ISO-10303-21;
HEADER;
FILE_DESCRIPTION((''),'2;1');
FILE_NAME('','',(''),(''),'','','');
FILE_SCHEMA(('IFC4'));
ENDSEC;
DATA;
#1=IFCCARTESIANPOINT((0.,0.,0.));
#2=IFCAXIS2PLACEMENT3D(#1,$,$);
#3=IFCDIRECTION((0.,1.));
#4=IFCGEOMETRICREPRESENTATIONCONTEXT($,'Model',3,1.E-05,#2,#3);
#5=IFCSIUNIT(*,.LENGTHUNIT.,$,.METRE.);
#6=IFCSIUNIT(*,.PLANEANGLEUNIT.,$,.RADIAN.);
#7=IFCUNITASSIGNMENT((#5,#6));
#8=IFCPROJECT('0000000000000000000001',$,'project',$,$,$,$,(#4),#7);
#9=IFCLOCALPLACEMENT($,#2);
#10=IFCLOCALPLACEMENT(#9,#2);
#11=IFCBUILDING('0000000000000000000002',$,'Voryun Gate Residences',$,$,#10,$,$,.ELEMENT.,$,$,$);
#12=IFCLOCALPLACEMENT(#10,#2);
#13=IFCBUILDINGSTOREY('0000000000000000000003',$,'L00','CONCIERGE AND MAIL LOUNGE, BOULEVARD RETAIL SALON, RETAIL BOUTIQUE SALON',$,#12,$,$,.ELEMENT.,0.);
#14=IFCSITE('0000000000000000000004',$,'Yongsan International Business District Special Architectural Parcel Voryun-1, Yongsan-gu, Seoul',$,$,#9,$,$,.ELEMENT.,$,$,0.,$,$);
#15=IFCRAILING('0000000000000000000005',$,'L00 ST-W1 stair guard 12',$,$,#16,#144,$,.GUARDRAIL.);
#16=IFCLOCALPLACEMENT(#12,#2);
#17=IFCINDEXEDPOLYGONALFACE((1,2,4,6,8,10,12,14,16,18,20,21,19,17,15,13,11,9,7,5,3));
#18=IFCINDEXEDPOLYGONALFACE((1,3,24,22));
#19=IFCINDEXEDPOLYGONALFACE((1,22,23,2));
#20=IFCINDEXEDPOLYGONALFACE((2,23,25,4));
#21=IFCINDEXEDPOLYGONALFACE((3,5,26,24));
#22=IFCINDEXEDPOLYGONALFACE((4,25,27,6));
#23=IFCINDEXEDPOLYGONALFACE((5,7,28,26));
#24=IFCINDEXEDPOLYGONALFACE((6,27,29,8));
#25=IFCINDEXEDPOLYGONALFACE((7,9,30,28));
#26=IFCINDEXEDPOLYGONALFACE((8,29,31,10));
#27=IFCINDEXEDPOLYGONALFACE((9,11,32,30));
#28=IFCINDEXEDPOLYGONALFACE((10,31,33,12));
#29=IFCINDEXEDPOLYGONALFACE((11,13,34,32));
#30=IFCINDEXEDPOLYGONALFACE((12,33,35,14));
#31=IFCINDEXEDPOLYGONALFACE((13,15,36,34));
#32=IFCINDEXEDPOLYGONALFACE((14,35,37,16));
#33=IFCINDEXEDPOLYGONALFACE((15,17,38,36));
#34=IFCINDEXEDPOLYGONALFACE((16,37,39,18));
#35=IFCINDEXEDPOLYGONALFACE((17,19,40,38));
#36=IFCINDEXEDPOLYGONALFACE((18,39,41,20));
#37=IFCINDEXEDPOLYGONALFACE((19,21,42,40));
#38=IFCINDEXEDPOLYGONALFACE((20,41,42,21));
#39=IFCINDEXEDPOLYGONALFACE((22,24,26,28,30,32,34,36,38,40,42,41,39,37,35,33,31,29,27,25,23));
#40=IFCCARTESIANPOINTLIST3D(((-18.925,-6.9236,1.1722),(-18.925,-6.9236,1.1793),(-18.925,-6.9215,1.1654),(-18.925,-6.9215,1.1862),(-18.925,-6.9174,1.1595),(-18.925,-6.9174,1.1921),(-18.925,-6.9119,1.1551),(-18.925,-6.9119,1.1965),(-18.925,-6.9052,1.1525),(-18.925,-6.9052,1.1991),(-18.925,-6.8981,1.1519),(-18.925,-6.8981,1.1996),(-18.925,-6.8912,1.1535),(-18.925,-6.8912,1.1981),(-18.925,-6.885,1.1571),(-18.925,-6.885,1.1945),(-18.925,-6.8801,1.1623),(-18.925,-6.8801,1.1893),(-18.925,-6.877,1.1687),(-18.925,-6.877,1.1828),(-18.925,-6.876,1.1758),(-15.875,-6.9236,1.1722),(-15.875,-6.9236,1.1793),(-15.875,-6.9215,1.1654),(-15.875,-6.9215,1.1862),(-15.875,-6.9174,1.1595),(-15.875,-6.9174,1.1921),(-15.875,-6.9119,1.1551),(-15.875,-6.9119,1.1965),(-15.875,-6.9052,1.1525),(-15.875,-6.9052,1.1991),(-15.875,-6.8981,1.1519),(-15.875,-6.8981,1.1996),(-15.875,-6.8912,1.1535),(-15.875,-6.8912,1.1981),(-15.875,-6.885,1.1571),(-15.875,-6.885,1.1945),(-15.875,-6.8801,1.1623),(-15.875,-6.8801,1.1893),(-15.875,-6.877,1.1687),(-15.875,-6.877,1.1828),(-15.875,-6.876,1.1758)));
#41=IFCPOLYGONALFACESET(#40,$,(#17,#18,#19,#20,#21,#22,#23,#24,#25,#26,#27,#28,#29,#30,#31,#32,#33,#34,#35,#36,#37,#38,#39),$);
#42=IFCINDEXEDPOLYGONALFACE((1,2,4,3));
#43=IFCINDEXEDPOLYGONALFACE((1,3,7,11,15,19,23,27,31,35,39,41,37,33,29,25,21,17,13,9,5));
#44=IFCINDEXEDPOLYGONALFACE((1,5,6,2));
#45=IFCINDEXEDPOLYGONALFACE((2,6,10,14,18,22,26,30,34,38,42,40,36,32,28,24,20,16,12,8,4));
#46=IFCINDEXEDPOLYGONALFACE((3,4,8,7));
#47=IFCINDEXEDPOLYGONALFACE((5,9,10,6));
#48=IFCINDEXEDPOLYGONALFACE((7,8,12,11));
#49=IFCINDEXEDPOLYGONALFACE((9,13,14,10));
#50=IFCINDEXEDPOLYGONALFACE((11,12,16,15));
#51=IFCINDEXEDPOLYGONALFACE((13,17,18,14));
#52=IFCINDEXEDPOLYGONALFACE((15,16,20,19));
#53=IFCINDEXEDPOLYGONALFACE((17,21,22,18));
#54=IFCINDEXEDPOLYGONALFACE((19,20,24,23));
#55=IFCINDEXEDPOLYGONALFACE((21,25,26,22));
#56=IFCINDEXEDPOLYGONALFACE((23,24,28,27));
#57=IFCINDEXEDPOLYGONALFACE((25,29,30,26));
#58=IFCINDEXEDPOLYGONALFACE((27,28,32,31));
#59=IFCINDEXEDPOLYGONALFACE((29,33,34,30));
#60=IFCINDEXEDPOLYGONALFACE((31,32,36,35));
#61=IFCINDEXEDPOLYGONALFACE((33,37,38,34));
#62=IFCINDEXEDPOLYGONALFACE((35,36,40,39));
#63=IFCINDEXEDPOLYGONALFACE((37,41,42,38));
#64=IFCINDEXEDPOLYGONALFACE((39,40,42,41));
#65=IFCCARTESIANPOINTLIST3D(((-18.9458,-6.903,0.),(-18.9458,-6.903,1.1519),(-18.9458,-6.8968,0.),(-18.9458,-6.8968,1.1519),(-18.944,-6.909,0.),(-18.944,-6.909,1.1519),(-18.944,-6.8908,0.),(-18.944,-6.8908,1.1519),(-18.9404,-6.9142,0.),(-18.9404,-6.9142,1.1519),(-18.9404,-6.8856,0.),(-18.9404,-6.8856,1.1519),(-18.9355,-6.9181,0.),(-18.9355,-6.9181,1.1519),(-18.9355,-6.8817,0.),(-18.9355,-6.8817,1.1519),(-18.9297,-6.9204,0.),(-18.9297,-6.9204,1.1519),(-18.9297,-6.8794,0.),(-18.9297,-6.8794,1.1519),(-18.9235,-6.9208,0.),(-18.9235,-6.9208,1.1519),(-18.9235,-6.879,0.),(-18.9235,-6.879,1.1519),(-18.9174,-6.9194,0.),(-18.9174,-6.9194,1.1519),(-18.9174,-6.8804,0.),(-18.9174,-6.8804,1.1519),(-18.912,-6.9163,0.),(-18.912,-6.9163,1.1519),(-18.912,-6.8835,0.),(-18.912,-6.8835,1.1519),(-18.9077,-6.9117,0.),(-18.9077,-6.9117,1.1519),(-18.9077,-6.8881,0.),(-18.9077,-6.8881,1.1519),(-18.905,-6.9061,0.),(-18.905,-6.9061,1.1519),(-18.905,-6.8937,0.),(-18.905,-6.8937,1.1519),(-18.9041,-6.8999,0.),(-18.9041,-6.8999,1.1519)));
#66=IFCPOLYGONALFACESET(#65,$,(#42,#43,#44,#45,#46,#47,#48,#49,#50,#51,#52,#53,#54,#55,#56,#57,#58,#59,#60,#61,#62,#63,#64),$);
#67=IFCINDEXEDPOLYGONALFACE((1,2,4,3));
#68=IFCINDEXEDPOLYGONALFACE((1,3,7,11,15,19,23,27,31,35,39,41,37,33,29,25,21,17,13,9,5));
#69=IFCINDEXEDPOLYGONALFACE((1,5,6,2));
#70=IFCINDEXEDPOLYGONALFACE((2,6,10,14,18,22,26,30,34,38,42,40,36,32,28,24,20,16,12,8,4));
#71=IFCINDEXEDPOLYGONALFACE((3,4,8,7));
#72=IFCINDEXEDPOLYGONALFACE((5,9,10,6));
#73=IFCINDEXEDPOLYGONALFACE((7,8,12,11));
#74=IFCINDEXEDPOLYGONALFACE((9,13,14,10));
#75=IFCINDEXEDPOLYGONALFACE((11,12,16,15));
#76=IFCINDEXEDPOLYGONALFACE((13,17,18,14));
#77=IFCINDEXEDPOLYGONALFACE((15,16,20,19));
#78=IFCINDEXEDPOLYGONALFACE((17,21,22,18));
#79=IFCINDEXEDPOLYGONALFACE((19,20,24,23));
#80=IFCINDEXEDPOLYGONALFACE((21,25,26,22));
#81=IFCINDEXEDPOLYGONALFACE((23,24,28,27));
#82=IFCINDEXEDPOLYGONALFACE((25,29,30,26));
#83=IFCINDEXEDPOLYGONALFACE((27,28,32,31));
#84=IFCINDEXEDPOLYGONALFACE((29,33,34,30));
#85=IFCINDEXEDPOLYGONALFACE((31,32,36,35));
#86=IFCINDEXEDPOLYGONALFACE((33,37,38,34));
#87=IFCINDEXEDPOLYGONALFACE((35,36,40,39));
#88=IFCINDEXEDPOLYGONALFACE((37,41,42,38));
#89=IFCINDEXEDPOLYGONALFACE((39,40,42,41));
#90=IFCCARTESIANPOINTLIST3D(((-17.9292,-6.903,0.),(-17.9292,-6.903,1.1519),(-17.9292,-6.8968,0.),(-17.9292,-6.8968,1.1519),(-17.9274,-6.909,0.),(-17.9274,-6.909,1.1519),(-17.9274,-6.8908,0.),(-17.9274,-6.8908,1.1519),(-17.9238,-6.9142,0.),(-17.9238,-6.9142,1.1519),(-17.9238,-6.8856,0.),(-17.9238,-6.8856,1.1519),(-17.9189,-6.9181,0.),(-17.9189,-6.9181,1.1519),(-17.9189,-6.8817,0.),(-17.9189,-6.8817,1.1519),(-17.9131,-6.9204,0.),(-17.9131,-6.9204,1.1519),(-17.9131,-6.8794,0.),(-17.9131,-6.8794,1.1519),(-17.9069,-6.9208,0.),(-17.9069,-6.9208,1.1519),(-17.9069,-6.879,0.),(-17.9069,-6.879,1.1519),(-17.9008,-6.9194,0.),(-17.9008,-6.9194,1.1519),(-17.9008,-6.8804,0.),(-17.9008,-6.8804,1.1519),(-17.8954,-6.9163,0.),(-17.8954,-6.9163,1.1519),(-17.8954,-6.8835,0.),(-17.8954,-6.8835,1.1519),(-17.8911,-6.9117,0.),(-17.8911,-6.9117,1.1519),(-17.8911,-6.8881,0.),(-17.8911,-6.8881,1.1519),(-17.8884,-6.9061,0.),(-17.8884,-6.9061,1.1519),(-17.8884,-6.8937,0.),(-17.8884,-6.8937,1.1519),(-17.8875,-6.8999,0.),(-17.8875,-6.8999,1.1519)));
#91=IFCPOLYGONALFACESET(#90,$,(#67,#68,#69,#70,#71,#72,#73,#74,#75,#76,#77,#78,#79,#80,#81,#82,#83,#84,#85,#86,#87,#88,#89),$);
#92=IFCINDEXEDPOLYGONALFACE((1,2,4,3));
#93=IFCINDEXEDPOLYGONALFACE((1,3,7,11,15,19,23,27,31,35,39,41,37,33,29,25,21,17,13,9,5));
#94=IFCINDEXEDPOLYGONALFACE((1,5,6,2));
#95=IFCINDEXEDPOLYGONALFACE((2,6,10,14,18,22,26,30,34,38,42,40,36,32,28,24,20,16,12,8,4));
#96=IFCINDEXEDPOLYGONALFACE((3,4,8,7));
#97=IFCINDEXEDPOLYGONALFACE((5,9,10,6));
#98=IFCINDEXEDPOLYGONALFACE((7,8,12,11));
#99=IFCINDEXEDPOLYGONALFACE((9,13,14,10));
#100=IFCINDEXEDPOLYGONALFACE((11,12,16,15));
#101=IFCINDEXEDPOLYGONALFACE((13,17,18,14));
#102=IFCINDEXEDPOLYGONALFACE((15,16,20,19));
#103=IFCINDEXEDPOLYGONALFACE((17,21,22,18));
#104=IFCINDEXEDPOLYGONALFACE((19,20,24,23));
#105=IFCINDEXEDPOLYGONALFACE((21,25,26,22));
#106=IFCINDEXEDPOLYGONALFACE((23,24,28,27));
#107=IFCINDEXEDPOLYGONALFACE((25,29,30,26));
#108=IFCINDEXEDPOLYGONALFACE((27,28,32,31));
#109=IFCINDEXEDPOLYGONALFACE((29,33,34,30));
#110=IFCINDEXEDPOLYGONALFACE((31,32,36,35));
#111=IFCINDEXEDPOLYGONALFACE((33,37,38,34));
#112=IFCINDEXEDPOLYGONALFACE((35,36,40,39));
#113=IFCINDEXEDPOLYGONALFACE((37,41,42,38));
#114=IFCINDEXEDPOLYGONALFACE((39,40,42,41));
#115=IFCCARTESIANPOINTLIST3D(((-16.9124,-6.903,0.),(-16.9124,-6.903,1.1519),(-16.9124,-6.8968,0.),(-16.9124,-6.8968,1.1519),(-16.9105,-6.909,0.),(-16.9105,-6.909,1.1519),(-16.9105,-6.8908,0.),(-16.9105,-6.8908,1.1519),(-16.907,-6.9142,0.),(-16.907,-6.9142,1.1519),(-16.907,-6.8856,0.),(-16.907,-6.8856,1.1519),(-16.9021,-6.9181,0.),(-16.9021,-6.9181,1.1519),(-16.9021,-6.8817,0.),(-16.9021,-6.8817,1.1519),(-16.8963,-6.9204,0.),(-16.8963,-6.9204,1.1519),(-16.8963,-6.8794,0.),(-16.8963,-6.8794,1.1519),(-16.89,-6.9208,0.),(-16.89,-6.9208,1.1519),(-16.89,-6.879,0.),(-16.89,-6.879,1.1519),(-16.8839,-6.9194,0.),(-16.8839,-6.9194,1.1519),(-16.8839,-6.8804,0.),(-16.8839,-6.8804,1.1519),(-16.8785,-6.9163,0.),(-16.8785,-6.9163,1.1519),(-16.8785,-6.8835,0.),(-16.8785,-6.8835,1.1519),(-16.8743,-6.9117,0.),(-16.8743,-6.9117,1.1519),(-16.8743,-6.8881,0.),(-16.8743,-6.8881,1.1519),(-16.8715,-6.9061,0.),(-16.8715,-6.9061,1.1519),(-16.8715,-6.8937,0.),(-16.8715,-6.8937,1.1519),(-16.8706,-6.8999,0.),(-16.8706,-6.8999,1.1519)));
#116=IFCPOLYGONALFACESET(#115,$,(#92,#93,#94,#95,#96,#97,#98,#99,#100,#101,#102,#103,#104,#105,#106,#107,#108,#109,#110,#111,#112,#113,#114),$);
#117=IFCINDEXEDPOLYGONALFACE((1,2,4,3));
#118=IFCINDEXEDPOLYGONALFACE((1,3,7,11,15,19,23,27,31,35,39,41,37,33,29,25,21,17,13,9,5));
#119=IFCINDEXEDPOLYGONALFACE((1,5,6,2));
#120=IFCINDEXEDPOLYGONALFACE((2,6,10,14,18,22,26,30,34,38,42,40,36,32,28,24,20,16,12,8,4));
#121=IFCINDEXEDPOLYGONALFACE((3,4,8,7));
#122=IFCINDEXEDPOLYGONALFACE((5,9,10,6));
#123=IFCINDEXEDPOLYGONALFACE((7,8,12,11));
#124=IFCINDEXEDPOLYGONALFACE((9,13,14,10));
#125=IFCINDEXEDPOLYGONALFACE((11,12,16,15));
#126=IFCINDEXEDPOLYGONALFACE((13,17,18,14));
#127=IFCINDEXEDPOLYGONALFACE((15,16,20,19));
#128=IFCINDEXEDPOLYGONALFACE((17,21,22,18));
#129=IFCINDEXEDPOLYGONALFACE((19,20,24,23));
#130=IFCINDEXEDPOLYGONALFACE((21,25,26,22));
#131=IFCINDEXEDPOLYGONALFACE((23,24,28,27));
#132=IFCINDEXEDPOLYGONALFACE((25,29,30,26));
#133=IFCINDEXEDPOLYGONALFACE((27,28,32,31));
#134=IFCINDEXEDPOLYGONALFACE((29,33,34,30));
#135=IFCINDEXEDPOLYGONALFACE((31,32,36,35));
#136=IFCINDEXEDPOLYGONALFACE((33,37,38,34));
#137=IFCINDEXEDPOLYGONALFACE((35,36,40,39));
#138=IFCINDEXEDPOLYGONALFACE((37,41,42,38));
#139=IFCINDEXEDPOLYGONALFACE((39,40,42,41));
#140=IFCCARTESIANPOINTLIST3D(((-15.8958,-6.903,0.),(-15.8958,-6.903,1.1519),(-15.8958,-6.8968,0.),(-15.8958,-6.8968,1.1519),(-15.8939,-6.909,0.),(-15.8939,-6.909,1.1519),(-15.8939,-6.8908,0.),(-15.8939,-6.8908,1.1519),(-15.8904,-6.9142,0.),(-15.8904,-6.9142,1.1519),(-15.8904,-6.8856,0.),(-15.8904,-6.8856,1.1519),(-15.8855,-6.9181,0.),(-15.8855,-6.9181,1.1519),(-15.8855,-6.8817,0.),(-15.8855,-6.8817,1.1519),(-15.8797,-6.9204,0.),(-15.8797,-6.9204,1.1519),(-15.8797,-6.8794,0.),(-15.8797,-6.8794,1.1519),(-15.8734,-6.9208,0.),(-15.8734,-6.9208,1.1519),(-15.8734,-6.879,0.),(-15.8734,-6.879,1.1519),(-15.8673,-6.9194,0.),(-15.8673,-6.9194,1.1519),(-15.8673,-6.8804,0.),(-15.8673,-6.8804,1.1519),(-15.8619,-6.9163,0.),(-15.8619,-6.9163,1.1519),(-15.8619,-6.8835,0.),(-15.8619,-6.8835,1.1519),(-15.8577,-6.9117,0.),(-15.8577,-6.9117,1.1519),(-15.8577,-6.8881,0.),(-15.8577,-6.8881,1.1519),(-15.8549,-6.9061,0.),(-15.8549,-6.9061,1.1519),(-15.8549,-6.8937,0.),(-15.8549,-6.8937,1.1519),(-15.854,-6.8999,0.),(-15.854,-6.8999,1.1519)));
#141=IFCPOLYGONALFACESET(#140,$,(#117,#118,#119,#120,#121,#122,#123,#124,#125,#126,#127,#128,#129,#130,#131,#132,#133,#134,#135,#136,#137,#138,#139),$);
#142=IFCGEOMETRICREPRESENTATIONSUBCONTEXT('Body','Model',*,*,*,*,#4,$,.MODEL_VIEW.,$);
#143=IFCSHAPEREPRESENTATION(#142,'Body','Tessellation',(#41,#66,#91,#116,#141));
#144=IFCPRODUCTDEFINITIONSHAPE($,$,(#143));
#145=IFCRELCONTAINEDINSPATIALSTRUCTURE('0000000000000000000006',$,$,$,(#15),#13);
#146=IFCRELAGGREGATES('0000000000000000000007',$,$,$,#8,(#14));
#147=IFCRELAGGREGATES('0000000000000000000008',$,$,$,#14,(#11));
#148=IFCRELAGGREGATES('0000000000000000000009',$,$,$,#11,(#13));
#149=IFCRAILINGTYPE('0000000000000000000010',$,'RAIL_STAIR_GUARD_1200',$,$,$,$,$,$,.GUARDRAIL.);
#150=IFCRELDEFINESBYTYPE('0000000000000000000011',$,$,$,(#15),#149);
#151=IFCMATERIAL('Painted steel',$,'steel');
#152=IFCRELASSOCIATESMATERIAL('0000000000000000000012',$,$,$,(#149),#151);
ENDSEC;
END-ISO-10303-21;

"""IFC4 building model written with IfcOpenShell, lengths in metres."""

from ifc_helpers import new_model, si_unit, direction, frame, origin, origin_2d, place, context, subcontext, project, spatial, circle, extrude, material, type_object, element, save


model = new_model("IFC4")

# Units and contexts
model_context = context("Model", 3, precision=1e-05, world=origin(), true_north=direction((0.0, 1.0)))
body_context = subcontext(model_context, "Body", "Model", "MODEL_VIEW")
ifc_project = project(units=[si_unit("LENGTHUNIT", "METRE"), si_unit("PLANEANGLEUNIT", "RADIAN")], contexts=[model_context])

# Site, building, storey
site_placement = place(None, origin())
site = spatial("IfcSite", under=ifc_project, at=site_placement, Name="Yongsan International Business District Special Architectural Parcel Voryun-1, Yongsan-gu, Seoul", CompositionType="ELEMENT", RefElevation=0.0)
building_placement = place(site_placement, origin())
building = spatial("IfcBuilding", under=site, at=building_placement, Name="Voryun Gate Residences", CompositionType="ELEMENT")
storey_placement = place(building_placement, origin())
storey = spatial("IfcBuildingStorey", under=building, at=storey_placement, Name="L00", Description="CONCIERGE AND MAIL LOUNGE, BOULEVARD RETAIL SALON, RETAIL BOUTIQUE SALON", CompositionType="ELEMENT", Elevation=0.0)

# Railing
ifc_material_1 = material(Name="Painted steel", Category="steel")
railing_type_1 = type_object("IfcRailingType", Name="RAIL_STAIR_GUARD_1200", PredefinedType="GUARDRAIL", material=ifc_material_1)
railing_1_placement = place(storey_placement, frame((-18.925, -6.8999, 0.0)))
element("IfcRailing", 1, at=railing_1_placement, inside=storey, type_object=railing_type_1, Name="L00 ST-W1 stair guard 12", PredefinedType="GUARDRAIL", context=body_context, shape_type="SweptSolid", body=[
    extrude(circle(Radius=0.0239, at=origin_2d()), frame((0.0, 0.0, 1.1758), z_axis=(1.0, 0.0, 0.0), x_axis=(0.0, 1.0, 0.0)), (0.0, 0.0, 1.0), 3.05),
    extrude(circle(Radius=0.021, at=origin_2d()), origin(), (0.0, 0.0, 1.0), 1.1519),
    extrude(circle(Radius=0.021, at=origin_2d()), frame((1.0166, 0.0, 0.0)), (0.0, 0.0, 1.0), 1.1519),
    extrude(circle(Radius=0.021, at=origin_2d()), frame((2.0334, 0.0, 0.0)), (0.0, 0.0, 1.0), 1.1519),
    extrude(circle(Radius=0.021, at=origin_2d()), frame((3.05, 0.0, 0.0)), (0.0, 0.0, 1.0), 1.1519),
])

save(model, "model.ifc")
